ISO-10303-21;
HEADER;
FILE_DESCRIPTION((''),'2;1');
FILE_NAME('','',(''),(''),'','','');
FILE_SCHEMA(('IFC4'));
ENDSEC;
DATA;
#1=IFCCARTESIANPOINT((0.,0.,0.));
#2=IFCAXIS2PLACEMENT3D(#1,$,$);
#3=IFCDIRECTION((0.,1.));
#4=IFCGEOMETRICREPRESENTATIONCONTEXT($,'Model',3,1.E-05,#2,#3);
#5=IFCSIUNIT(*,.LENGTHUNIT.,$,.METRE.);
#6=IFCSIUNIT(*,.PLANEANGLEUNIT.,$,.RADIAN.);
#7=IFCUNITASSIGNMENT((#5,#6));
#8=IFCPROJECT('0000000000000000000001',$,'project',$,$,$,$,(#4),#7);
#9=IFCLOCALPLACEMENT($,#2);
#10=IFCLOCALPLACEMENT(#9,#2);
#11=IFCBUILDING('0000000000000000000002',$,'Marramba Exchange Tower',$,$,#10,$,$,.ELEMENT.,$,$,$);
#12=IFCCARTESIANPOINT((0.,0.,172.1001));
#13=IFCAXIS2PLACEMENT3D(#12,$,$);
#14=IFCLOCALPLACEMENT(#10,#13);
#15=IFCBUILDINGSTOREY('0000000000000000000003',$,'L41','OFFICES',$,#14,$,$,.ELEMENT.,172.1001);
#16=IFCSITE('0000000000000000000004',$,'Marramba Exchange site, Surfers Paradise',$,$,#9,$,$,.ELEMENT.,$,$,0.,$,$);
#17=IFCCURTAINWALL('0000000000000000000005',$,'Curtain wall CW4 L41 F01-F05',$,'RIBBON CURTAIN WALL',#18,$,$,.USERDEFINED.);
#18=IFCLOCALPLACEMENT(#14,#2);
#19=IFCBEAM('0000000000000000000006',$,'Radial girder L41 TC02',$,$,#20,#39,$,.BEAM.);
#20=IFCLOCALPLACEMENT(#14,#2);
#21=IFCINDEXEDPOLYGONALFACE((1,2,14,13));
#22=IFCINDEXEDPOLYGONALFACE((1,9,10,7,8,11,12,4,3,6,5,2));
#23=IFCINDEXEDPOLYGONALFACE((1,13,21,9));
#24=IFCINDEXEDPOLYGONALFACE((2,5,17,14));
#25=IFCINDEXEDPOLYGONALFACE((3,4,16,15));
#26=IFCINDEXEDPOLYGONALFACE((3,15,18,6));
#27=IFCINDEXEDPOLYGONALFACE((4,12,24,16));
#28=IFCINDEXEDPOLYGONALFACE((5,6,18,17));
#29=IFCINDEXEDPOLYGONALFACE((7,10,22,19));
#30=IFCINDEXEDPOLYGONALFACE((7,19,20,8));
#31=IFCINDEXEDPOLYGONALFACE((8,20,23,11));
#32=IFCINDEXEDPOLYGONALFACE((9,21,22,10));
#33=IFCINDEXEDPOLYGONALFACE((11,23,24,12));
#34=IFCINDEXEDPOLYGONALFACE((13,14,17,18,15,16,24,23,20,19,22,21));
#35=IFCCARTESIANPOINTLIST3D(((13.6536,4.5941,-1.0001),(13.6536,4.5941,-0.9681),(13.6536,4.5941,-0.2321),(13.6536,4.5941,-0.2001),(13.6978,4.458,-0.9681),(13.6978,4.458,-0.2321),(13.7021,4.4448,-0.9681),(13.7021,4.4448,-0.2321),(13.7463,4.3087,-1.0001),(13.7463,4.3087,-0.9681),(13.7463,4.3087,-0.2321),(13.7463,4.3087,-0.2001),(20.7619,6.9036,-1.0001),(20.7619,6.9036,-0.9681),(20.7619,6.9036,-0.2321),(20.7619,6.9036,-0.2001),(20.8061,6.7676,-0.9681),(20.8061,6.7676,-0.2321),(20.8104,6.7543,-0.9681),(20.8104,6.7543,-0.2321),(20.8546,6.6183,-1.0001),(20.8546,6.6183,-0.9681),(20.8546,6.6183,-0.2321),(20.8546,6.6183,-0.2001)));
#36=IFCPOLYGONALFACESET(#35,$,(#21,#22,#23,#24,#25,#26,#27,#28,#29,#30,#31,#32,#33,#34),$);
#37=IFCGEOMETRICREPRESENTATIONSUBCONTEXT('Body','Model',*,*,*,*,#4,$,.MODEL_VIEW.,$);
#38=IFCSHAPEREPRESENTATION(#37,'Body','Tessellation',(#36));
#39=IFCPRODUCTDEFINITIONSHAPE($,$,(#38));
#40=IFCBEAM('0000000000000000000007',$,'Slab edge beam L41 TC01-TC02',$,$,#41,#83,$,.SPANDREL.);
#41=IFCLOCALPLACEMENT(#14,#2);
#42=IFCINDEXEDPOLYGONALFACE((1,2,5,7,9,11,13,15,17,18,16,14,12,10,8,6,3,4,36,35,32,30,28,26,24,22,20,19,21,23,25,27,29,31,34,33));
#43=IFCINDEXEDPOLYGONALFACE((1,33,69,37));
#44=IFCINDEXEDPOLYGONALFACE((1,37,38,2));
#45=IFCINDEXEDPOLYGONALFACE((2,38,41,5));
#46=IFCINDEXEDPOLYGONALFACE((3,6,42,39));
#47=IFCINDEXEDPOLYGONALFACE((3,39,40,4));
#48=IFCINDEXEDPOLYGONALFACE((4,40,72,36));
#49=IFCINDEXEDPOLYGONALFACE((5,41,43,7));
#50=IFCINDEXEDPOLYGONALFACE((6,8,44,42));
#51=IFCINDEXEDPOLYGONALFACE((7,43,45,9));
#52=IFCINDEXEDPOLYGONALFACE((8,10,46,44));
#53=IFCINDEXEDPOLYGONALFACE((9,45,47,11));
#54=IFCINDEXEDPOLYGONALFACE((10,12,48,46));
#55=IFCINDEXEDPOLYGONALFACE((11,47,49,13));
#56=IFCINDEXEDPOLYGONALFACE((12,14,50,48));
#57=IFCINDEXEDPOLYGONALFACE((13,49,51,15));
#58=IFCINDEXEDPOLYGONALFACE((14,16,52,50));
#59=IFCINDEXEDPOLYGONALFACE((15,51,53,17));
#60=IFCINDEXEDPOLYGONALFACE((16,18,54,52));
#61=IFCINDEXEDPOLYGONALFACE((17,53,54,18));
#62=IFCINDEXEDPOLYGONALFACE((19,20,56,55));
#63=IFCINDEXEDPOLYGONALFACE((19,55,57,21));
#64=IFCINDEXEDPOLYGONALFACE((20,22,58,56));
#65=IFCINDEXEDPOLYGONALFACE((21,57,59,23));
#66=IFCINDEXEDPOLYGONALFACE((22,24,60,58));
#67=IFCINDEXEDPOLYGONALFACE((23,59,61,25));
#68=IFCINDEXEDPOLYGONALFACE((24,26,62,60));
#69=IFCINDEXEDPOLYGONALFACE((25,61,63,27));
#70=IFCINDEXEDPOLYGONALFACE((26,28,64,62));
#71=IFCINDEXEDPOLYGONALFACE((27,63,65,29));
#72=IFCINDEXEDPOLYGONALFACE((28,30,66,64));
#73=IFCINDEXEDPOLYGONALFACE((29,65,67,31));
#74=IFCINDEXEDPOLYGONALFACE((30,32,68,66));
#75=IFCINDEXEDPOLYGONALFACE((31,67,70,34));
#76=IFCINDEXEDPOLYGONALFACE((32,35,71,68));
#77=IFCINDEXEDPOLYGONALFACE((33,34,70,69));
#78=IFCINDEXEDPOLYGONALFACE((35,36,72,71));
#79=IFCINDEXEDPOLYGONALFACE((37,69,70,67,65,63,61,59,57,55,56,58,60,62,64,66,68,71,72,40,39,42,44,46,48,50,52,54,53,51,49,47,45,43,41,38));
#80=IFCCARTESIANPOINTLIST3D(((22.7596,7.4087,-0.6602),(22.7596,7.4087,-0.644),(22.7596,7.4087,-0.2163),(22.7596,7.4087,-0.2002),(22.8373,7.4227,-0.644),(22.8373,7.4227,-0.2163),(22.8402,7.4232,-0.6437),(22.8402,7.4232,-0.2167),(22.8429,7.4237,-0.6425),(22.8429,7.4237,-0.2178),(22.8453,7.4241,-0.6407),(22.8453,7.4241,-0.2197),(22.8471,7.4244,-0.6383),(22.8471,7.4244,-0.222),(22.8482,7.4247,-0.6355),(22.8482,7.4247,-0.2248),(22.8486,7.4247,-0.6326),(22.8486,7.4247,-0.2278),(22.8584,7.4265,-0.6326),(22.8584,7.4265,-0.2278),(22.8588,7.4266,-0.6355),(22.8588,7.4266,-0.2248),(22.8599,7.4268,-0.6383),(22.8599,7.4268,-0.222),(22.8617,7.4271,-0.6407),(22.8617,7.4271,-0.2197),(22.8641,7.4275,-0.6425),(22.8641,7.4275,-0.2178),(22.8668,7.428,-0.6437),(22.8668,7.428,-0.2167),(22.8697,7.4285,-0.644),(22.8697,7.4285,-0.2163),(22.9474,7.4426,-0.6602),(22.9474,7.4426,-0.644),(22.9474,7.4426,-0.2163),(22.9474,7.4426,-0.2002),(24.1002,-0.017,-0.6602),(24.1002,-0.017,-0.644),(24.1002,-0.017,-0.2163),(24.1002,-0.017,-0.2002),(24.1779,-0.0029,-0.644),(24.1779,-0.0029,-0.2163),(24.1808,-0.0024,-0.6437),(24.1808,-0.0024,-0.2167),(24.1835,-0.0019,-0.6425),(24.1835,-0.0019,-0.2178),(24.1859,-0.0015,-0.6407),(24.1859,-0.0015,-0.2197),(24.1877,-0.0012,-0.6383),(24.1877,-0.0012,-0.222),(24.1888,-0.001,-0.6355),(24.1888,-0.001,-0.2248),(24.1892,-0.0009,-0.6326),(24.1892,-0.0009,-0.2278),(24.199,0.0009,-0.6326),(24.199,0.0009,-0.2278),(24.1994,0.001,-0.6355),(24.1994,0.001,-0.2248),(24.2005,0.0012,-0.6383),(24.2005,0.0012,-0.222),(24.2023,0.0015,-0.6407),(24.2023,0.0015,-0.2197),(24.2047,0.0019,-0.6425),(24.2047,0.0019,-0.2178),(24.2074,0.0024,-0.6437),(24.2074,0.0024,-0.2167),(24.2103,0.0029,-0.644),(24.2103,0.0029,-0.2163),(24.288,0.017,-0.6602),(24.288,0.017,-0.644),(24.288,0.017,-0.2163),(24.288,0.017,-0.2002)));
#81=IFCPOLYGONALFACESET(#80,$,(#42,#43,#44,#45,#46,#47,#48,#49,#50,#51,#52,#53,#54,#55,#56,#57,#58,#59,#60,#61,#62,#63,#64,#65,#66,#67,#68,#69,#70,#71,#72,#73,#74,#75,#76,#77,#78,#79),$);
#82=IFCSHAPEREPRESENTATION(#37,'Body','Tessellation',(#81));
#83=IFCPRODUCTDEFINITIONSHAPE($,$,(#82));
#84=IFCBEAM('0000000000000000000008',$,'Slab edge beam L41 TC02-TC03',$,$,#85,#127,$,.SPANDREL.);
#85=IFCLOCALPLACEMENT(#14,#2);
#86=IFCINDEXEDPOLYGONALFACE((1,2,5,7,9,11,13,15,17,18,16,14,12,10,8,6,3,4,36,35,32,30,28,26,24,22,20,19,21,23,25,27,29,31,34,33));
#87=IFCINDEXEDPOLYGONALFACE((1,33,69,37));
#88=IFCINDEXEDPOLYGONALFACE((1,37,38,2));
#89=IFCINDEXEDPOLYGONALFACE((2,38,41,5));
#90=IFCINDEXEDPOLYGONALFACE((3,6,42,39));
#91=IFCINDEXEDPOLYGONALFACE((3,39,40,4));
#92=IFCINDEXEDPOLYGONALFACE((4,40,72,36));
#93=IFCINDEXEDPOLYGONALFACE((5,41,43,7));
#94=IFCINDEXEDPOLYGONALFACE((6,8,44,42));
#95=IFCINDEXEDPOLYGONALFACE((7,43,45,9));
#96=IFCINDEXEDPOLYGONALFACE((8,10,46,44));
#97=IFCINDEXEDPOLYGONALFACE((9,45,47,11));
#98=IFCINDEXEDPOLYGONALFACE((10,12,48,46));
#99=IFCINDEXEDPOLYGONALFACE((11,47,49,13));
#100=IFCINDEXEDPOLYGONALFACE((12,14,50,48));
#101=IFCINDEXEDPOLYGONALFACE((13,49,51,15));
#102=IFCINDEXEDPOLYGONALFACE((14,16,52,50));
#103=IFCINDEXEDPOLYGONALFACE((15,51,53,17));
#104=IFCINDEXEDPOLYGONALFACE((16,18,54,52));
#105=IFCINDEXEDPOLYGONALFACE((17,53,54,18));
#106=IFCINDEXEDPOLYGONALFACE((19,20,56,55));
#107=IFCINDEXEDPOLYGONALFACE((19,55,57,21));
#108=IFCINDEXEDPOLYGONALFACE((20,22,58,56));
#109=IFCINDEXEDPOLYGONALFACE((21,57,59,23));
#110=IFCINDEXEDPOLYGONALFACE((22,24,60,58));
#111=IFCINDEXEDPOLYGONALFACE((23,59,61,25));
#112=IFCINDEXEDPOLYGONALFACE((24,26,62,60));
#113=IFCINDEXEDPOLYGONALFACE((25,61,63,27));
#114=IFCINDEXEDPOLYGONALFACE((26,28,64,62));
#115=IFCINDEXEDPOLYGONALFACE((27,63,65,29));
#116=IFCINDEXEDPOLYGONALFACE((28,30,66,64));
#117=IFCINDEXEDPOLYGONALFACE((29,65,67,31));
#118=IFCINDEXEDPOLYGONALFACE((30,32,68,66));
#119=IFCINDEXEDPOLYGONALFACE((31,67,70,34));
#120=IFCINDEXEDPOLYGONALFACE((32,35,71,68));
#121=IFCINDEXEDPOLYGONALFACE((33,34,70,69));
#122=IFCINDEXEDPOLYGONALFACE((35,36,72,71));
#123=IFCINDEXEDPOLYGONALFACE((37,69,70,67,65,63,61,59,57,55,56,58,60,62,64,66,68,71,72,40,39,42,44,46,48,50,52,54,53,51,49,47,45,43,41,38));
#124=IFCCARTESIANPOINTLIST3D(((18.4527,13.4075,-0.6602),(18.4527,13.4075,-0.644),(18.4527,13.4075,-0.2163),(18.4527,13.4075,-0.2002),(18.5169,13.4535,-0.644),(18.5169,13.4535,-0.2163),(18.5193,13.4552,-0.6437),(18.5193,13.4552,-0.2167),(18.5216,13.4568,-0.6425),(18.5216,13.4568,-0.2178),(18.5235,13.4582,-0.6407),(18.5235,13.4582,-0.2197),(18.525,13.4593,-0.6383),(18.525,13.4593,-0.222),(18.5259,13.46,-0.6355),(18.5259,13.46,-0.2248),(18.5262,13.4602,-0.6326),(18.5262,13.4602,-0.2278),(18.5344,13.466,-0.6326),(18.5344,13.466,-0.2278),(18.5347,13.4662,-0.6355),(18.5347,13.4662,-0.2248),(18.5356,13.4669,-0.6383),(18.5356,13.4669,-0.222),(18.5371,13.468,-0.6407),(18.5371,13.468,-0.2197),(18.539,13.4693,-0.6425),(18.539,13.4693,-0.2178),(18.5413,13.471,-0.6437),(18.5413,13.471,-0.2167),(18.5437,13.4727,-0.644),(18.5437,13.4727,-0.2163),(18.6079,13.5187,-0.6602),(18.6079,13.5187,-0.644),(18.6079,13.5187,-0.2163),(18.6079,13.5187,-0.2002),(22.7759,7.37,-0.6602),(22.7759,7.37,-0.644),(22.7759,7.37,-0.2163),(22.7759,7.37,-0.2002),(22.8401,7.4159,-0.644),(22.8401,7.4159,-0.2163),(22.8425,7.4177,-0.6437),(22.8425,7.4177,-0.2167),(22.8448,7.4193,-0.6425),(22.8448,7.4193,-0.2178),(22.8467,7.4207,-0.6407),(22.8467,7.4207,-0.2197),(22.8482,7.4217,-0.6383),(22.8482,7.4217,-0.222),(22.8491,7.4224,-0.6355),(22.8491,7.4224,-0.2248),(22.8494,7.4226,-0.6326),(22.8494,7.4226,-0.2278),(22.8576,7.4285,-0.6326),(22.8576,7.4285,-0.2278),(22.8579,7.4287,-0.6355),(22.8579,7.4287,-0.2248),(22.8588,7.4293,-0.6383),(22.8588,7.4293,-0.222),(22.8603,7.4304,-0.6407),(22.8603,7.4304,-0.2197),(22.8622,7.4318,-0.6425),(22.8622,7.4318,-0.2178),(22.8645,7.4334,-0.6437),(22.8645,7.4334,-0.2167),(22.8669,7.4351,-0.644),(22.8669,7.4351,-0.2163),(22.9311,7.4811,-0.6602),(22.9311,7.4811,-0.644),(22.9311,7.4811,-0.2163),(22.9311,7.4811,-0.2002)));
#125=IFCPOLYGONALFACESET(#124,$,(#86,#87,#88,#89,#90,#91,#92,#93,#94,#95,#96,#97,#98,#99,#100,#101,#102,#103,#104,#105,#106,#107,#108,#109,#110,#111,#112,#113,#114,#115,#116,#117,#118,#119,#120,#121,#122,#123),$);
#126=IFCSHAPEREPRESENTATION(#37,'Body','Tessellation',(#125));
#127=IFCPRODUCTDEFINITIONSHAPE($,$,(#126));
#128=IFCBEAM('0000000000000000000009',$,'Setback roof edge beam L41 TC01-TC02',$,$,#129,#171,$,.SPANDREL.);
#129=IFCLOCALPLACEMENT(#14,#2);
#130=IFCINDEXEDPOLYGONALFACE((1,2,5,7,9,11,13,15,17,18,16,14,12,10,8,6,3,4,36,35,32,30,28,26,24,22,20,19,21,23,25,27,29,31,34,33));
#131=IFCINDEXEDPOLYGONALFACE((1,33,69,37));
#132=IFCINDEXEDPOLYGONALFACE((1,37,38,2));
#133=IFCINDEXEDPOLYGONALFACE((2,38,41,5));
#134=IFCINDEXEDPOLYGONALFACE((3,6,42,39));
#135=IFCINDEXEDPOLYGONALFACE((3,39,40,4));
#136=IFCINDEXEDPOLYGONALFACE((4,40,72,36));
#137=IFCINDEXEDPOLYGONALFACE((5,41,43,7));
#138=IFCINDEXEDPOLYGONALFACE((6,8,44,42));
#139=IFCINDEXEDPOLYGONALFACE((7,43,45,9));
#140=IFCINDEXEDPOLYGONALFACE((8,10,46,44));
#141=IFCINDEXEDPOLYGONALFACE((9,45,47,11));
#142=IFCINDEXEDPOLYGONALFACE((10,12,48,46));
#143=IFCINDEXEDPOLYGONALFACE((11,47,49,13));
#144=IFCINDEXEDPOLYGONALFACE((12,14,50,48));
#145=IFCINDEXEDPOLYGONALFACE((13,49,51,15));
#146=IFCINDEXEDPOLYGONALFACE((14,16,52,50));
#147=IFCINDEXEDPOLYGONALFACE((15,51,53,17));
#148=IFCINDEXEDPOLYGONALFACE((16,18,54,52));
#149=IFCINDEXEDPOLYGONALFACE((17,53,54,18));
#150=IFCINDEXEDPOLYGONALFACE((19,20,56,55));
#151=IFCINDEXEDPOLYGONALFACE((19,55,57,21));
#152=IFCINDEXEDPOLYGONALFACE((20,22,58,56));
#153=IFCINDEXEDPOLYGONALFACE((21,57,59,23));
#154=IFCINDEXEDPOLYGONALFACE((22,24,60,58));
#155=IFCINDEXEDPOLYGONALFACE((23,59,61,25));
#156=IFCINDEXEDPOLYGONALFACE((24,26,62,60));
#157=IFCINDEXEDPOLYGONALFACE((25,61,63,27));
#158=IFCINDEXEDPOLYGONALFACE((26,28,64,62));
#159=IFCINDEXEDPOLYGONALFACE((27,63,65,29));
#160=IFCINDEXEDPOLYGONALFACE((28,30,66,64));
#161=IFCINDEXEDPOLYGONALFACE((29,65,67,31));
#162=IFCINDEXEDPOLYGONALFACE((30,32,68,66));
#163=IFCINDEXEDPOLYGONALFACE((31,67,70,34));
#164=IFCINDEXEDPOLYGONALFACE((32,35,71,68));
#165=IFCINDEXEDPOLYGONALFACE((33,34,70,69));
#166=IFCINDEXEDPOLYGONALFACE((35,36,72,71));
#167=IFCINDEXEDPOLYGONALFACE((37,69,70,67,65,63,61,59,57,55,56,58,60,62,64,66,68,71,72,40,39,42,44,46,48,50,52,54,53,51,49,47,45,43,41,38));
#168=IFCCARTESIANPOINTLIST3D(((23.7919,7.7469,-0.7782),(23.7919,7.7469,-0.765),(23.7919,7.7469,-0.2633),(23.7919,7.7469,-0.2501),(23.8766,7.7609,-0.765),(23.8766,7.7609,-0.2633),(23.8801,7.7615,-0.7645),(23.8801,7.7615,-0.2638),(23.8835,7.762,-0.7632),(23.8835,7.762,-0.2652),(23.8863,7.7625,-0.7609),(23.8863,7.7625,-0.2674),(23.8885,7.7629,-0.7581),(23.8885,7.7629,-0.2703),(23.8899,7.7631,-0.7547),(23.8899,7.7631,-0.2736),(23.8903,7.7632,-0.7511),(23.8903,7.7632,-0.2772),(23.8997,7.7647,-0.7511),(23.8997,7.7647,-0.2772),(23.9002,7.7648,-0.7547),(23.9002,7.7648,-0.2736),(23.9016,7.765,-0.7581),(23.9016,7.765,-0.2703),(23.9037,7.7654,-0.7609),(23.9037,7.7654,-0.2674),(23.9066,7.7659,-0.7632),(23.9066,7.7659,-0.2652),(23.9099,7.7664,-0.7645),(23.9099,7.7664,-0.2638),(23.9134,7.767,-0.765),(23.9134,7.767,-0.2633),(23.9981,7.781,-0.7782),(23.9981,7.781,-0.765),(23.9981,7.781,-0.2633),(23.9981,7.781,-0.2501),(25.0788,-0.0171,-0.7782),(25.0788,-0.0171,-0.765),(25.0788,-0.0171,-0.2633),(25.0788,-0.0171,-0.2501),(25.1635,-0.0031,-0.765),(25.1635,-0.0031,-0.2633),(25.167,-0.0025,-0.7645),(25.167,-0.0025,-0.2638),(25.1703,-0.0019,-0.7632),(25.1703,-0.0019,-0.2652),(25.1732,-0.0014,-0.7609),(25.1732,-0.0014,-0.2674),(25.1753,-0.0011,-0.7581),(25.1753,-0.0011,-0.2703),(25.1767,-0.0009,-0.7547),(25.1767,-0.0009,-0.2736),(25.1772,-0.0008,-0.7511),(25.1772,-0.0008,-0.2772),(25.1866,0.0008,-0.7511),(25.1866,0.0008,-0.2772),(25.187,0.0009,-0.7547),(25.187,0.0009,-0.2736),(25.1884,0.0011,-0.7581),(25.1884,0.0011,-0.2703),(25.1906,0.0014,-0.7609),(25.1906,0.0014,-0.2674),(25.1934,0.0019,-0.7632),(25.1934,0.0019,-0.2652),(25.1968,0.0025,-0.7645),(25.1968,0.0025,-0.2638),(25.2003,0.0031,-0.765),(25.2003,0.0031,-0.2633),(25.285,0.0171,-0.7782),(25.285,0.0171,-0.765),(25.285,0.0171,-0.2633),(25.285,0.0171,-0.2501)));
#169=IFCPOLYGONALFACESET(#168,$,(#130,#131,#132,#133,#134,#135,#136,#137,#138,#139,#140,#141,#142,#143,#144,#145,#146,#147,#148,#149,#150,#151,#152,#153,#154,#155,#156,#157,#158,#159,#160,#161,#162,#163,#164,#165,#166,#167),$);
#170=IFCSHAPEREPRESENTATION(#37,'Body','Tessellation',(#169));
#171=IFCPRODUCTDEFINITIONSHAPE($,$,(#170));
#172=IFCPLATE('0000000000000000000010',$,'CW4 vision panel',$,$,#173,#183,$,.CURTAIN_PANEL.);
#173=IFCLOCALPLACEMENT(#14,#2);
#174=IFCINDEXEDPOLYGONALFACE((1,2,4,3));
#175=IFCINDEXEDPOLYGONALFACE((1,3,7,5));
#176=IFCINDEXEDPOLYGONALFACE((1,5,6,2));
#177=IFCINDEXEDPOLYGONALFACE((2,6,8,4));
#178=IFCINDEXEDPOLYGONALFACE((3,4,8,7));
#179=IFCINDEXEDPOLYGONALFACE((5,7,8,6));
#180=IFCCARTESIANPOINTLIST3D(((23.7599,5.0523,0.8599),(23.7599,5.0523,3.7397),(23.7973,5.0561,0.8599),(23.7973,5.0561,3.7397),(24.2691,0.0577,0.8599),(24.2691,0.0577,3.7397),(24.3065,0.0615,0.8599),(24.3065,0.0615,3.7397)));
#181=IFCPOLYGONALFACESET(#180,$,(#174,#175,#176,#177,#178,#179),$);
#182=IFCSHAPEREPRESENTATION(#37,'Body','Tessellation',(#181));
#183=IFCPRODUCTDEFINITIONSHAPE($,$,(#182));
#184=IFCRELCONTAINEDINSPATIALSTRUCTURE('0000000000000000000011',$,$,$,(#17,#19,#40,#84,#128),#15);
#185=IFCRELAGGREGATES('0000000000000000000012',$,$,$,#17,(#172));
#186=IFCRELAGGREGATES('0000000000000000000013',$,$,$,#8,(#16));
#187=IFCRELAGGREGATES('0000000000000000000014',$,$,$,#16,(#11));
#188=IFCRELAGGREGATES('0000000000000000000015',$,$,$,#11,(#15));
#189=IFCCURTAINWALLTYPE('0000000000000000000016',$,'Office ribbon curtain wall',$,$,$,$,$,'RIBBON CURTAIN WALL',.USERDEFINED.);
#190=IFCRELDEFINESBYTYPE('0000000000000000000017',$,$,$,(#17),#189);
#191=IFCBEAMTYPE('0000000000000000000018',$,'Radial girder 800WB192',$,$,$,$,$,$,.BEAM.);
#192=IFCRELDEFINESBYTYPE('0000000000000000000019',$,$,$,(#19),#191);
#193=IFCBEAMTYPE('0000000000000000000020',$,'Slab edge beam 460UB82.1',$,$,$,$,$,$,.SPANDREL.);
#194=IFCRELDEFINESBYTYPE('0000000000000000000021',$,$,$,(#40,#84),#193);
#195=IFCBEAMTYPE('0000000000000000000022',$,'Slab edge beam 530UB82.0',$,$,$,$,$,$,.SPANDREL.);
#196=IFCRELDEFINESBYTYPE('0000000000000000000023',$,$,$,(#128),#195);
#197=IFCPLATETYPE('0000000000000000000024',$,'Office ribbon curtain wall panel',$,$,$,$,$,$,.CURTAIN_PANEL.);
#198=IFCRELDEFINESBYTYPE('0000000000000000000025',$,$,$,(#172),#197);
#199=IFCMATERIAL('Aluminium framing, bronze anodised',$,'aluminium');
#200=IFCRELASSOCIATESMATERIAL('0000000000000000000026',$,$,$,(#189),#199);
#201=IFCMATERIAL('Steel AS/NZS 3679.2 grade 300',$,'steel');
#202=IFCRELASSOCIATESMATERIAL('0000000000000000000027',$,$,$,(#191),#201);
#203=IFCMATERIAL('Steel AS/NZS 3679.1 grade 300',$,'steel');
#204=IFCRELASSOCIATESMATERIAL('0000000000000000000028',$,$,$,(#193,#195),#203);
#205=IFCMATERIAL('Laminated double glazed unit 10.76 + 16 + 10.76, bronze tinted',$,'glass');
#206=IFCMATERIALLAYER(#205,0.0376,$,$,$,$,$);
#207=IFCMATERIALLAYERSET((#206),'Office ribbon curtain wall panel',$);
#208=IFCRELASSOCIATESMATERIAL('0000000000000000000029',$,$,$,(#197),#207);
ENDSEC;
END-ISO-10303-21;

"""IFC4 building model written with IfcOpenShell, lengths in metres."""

from ifc_helpers import new_model, si_unit, direction, frame, origin, origin_2d, place, context, subcontext, project, spatial, rectangle, i_section, extrude, material, layer, layer_set, material_profile, profile_set, type_object, element, aggregate, save


model = new_model("IFC4")

# Units and contexts
model_context = context("Model", 3, precision=1e-05, world=origin(), true_north=direction((0.0, 1.0)))
body_context = subcontext(model_context, "Body", "Model", "MODEL_VIEW")
ifc_project = project(units=[si_unit("LENGTHUNIT", "METRE"), si_unit("PLANEANGLEUNIT", "RADIAN")], contexts=[model_context])

# Site, building, storey
site_placement = place(None, origin())
site = spatial("IfcSite", under=ifc_project, at=site_placement, Name="Marramba Exchange site, Surfers Paradise", CompositionType="ELEMENT", RefElevation=0.0)
building_placement = place(site_placement, origin())
building = spatial("IfcBuilding", under=site, at=building_placement, Name="Marramba Exchange Tower", CompositionType="ELEMENT")
storey_placement = place(building_placement, frame((0.0, 0.0, 172.1001)))
storey = spatial("IfcBuildingStorey", under=building, at=storey_placement, Name="L41", Description="OFFICES", CompositionType="ELEMENT", Elevation=172.1001)

# Shared definitions
ifc_material_1 = material(Name="Steel AS/NZS 3679.2 grade 300", Category="steel")

# Shared definitions
ifc_material_2 = material(Name="Steel AS/NZS 3679.1 grade 300", Category="steel")

# Curtain wall
ifc_material_3 = material(Name="Aluminium framing, bronze anodised", Category="aluminium")
curtain_wall_type = type_object("IfcCurtainWallType", Name="Office ribbon curtain wall", ElementType="RIBBON CURTAIN WALL", PredefinedType="USERDEFINED", material=ifc_material_3)
curtain_wall_placement = place(storey_placement, origin())
curtain_wall = element("IfcCurtainWall", 1, at=curtain_wall_placement, inside=storey, type_object=curtain_wall_type, Name="Curtain wall CW4 L41 F01-F05", ObjectType="RIBBON CURTAIN WALL", PredefinedType="USERDEFINED")

# Beams
ifc_material_profile_1 = material_profile(ifc_material_1, i_section(OverallWidth=0.3, OverallDepth=0.8, WebThickness=0.0139, FlangeThickness=0.032, at=origin_2d()), Name="800WB192")
ifc_profile_set_1 = profile_set([ifc_material_profile_1], Name="Steel AS/NZS 3679.2 grade 300")
beam_type_1 = type_object("IfcBeamType", Name="Radial girder 800WB192", PredefinedType="BEAM", material=ifc_profile_set_1)
beam_1_placement = place(storey_placement, frame((13.7, 4.4514, -0.6001), z_axis=(0.95106, 0.309006, 0.0), x_axis=(-0.309006, 0.95106, 0.0)))
element("IfcBeam", 2, at=beam_1_placement, inside=storey, type_object=beam_type_1, Name="Radial girder L41 TC02", PredefinedType="BEAM", context=body_context, shape_type="SweptSolid", body=[
    extrude(i_section(OverallWidth=0.3, OverallDepth=0.8, WebThickness=0.0139, FlangeThickness=0.032, at=origin_2d()), origin(), (0.0, 0.0, 1.0), 7.4741),
])
ifc_material_profile_2 = material_profile(ifc_material_2, i_section(OverallWidth=0.1909, OverallDepth=0.46, WebThickness=0.01, FlangeThickness=0.0161, FilletRadius=0.0115, at=origin_2d()), Name="460UB82.1")
ifc_profile_set_2 = profile_set([ifc_material_profile_2], Name="Steel AS/NZS 3679.1 grade 300")
beam_type_2 = type_object("IfcBeamType", Name="Slab edge beam 460UB82.1", PredefinedType="SPANDREL", material=ifc_profile_set_2)
beam_2_placement = place(storey_placement, frame((24.1941, 0.0, -0.4302), z_axis=(-0.177664, 0.984091, 0.0), x_axis=(-0.984091, -0.177664, 0.0)))
element("IfcBeam", 3, at=beam_2_placement, inside=storey, type_object=beam_type_2, Name="Slab edge beam L41 TC01-TC02", PredefinedType="SPANDREL", context=body_context, shape_type="SweptSolid", body=[
    extrude(i_section(OverallWidth=0.1909, OverallDepth=0.46, WebThickness=0.01, FlangeThickness=0.0161, FilletRadius=0.0115, at=origin_2d()), origin(), (0.0, 0.0, 1.0), 7.5457),
])
beam_3_placement = place(storey_placement, frame((22.8535, 7.4255, -0.4302), z_axis=(-0.582189, 0.813053, 0.0), x_axis=(-0.813053, -0.582189, 0.0)))
element("IfcBeam", 4, at=beam_3_placement, inside=storey, type_object=beam_type_2, Name="Slab edge beam L41 TC02-TC03", PredefinedType="SPANDREL", context=body_context, shape_type="SweptSolid", body=[
    extrude(i_section(OverallWidth=0.1909, OverallDepth=0.46, WebThickness=0.01, FlangeThickness=0.0161, FilletRadius=0.0115, at=origin_2d()), origin(), (0.0, 0.0, 1.0), 7.4258),
])
ifc_material_profile_3 = material_profile(ifc_material_2, i_section(OverallWidth=0.209, OverallDepth=0.5281, WebThickness=0.0095, FlangeThickness=0.0132, FilletRadius=0.0139, at=origin_2d()), Name="530UB82.0")
ifc_profile_set_3 = profile_set([ifc_material_profile_3], Name="Steel AS/NZS 3679.1 grade 300")
beam_type_3 = type_object("IfcBeamType", Name="Slab edge beam 530UB82.0", PredefinedType="SPANDREL", material=ifc_profile_set_3)
beam_4_placement = place(storey_placement, frame((25.1819, 0.0, -0.5142), z_axis=(-0.163519, 0.98654, 0.0), x_axis=(-0.98654, -0.163519, 0.0)))
element("IfcBeam", 5, at=beam_4_placement, inside=storey, type_object=beam_type_3, Name="Setback roof edge beam L41 TC01-TC02", PredefinedType="SPANDREL", context=body_context, shape_type="SweptSolid", body=[
    extrude(i_section(OverallWidth=0.209, OverallDepth=0.5281, WebThickness=0.0095, FlangeThickness=0.0132, FilletRadius=0.0139, at=origin_2d()), origin(), (0.0, 0.0, 1.0), 7.8699),
])

# Plate
ifc_material_4 = material(Name="Laminated double glazed unit 10.76 + 16 + 10.76, bronze tinted", Category="glass")
ifc_layer_1 = layer(ifc_material_4, 0.0376)
ifc_layer_set_1 = layer_set([ifc_layer_1], Name="Office ribbon curtain wall panel")
plate_type = type_object("IfcPlateType", Name="Office ribbon curtain wall panel", PredefinedType="CURTAIN_PANEL", material=ifc_layer_set_1)
plate_1_placement = place(storey_placement, frame((24.0332, 2.5569, 0.8599), z_axis=(0.0, 0.0, 1.0), x_axis=(-0.101422, 0.994843, 0.0)))
plate_1 = element("IfcPlate", 6, at=plate_1_placement, type_object=plate_type, Name="CW4 vision panel", PredefinedType="CURTAIN_PANEL", context=body_context, shape_type="SweptSolid", body=[
    extrude(rectangle(XDim=5.0205, YDim=0.0376, at=origin_2d()), origin(), (0.0, 0.0, 1.0), 2.8799),
])
aggregate(curtain_wall, [plate_1])

save(model, "model.ifc")
